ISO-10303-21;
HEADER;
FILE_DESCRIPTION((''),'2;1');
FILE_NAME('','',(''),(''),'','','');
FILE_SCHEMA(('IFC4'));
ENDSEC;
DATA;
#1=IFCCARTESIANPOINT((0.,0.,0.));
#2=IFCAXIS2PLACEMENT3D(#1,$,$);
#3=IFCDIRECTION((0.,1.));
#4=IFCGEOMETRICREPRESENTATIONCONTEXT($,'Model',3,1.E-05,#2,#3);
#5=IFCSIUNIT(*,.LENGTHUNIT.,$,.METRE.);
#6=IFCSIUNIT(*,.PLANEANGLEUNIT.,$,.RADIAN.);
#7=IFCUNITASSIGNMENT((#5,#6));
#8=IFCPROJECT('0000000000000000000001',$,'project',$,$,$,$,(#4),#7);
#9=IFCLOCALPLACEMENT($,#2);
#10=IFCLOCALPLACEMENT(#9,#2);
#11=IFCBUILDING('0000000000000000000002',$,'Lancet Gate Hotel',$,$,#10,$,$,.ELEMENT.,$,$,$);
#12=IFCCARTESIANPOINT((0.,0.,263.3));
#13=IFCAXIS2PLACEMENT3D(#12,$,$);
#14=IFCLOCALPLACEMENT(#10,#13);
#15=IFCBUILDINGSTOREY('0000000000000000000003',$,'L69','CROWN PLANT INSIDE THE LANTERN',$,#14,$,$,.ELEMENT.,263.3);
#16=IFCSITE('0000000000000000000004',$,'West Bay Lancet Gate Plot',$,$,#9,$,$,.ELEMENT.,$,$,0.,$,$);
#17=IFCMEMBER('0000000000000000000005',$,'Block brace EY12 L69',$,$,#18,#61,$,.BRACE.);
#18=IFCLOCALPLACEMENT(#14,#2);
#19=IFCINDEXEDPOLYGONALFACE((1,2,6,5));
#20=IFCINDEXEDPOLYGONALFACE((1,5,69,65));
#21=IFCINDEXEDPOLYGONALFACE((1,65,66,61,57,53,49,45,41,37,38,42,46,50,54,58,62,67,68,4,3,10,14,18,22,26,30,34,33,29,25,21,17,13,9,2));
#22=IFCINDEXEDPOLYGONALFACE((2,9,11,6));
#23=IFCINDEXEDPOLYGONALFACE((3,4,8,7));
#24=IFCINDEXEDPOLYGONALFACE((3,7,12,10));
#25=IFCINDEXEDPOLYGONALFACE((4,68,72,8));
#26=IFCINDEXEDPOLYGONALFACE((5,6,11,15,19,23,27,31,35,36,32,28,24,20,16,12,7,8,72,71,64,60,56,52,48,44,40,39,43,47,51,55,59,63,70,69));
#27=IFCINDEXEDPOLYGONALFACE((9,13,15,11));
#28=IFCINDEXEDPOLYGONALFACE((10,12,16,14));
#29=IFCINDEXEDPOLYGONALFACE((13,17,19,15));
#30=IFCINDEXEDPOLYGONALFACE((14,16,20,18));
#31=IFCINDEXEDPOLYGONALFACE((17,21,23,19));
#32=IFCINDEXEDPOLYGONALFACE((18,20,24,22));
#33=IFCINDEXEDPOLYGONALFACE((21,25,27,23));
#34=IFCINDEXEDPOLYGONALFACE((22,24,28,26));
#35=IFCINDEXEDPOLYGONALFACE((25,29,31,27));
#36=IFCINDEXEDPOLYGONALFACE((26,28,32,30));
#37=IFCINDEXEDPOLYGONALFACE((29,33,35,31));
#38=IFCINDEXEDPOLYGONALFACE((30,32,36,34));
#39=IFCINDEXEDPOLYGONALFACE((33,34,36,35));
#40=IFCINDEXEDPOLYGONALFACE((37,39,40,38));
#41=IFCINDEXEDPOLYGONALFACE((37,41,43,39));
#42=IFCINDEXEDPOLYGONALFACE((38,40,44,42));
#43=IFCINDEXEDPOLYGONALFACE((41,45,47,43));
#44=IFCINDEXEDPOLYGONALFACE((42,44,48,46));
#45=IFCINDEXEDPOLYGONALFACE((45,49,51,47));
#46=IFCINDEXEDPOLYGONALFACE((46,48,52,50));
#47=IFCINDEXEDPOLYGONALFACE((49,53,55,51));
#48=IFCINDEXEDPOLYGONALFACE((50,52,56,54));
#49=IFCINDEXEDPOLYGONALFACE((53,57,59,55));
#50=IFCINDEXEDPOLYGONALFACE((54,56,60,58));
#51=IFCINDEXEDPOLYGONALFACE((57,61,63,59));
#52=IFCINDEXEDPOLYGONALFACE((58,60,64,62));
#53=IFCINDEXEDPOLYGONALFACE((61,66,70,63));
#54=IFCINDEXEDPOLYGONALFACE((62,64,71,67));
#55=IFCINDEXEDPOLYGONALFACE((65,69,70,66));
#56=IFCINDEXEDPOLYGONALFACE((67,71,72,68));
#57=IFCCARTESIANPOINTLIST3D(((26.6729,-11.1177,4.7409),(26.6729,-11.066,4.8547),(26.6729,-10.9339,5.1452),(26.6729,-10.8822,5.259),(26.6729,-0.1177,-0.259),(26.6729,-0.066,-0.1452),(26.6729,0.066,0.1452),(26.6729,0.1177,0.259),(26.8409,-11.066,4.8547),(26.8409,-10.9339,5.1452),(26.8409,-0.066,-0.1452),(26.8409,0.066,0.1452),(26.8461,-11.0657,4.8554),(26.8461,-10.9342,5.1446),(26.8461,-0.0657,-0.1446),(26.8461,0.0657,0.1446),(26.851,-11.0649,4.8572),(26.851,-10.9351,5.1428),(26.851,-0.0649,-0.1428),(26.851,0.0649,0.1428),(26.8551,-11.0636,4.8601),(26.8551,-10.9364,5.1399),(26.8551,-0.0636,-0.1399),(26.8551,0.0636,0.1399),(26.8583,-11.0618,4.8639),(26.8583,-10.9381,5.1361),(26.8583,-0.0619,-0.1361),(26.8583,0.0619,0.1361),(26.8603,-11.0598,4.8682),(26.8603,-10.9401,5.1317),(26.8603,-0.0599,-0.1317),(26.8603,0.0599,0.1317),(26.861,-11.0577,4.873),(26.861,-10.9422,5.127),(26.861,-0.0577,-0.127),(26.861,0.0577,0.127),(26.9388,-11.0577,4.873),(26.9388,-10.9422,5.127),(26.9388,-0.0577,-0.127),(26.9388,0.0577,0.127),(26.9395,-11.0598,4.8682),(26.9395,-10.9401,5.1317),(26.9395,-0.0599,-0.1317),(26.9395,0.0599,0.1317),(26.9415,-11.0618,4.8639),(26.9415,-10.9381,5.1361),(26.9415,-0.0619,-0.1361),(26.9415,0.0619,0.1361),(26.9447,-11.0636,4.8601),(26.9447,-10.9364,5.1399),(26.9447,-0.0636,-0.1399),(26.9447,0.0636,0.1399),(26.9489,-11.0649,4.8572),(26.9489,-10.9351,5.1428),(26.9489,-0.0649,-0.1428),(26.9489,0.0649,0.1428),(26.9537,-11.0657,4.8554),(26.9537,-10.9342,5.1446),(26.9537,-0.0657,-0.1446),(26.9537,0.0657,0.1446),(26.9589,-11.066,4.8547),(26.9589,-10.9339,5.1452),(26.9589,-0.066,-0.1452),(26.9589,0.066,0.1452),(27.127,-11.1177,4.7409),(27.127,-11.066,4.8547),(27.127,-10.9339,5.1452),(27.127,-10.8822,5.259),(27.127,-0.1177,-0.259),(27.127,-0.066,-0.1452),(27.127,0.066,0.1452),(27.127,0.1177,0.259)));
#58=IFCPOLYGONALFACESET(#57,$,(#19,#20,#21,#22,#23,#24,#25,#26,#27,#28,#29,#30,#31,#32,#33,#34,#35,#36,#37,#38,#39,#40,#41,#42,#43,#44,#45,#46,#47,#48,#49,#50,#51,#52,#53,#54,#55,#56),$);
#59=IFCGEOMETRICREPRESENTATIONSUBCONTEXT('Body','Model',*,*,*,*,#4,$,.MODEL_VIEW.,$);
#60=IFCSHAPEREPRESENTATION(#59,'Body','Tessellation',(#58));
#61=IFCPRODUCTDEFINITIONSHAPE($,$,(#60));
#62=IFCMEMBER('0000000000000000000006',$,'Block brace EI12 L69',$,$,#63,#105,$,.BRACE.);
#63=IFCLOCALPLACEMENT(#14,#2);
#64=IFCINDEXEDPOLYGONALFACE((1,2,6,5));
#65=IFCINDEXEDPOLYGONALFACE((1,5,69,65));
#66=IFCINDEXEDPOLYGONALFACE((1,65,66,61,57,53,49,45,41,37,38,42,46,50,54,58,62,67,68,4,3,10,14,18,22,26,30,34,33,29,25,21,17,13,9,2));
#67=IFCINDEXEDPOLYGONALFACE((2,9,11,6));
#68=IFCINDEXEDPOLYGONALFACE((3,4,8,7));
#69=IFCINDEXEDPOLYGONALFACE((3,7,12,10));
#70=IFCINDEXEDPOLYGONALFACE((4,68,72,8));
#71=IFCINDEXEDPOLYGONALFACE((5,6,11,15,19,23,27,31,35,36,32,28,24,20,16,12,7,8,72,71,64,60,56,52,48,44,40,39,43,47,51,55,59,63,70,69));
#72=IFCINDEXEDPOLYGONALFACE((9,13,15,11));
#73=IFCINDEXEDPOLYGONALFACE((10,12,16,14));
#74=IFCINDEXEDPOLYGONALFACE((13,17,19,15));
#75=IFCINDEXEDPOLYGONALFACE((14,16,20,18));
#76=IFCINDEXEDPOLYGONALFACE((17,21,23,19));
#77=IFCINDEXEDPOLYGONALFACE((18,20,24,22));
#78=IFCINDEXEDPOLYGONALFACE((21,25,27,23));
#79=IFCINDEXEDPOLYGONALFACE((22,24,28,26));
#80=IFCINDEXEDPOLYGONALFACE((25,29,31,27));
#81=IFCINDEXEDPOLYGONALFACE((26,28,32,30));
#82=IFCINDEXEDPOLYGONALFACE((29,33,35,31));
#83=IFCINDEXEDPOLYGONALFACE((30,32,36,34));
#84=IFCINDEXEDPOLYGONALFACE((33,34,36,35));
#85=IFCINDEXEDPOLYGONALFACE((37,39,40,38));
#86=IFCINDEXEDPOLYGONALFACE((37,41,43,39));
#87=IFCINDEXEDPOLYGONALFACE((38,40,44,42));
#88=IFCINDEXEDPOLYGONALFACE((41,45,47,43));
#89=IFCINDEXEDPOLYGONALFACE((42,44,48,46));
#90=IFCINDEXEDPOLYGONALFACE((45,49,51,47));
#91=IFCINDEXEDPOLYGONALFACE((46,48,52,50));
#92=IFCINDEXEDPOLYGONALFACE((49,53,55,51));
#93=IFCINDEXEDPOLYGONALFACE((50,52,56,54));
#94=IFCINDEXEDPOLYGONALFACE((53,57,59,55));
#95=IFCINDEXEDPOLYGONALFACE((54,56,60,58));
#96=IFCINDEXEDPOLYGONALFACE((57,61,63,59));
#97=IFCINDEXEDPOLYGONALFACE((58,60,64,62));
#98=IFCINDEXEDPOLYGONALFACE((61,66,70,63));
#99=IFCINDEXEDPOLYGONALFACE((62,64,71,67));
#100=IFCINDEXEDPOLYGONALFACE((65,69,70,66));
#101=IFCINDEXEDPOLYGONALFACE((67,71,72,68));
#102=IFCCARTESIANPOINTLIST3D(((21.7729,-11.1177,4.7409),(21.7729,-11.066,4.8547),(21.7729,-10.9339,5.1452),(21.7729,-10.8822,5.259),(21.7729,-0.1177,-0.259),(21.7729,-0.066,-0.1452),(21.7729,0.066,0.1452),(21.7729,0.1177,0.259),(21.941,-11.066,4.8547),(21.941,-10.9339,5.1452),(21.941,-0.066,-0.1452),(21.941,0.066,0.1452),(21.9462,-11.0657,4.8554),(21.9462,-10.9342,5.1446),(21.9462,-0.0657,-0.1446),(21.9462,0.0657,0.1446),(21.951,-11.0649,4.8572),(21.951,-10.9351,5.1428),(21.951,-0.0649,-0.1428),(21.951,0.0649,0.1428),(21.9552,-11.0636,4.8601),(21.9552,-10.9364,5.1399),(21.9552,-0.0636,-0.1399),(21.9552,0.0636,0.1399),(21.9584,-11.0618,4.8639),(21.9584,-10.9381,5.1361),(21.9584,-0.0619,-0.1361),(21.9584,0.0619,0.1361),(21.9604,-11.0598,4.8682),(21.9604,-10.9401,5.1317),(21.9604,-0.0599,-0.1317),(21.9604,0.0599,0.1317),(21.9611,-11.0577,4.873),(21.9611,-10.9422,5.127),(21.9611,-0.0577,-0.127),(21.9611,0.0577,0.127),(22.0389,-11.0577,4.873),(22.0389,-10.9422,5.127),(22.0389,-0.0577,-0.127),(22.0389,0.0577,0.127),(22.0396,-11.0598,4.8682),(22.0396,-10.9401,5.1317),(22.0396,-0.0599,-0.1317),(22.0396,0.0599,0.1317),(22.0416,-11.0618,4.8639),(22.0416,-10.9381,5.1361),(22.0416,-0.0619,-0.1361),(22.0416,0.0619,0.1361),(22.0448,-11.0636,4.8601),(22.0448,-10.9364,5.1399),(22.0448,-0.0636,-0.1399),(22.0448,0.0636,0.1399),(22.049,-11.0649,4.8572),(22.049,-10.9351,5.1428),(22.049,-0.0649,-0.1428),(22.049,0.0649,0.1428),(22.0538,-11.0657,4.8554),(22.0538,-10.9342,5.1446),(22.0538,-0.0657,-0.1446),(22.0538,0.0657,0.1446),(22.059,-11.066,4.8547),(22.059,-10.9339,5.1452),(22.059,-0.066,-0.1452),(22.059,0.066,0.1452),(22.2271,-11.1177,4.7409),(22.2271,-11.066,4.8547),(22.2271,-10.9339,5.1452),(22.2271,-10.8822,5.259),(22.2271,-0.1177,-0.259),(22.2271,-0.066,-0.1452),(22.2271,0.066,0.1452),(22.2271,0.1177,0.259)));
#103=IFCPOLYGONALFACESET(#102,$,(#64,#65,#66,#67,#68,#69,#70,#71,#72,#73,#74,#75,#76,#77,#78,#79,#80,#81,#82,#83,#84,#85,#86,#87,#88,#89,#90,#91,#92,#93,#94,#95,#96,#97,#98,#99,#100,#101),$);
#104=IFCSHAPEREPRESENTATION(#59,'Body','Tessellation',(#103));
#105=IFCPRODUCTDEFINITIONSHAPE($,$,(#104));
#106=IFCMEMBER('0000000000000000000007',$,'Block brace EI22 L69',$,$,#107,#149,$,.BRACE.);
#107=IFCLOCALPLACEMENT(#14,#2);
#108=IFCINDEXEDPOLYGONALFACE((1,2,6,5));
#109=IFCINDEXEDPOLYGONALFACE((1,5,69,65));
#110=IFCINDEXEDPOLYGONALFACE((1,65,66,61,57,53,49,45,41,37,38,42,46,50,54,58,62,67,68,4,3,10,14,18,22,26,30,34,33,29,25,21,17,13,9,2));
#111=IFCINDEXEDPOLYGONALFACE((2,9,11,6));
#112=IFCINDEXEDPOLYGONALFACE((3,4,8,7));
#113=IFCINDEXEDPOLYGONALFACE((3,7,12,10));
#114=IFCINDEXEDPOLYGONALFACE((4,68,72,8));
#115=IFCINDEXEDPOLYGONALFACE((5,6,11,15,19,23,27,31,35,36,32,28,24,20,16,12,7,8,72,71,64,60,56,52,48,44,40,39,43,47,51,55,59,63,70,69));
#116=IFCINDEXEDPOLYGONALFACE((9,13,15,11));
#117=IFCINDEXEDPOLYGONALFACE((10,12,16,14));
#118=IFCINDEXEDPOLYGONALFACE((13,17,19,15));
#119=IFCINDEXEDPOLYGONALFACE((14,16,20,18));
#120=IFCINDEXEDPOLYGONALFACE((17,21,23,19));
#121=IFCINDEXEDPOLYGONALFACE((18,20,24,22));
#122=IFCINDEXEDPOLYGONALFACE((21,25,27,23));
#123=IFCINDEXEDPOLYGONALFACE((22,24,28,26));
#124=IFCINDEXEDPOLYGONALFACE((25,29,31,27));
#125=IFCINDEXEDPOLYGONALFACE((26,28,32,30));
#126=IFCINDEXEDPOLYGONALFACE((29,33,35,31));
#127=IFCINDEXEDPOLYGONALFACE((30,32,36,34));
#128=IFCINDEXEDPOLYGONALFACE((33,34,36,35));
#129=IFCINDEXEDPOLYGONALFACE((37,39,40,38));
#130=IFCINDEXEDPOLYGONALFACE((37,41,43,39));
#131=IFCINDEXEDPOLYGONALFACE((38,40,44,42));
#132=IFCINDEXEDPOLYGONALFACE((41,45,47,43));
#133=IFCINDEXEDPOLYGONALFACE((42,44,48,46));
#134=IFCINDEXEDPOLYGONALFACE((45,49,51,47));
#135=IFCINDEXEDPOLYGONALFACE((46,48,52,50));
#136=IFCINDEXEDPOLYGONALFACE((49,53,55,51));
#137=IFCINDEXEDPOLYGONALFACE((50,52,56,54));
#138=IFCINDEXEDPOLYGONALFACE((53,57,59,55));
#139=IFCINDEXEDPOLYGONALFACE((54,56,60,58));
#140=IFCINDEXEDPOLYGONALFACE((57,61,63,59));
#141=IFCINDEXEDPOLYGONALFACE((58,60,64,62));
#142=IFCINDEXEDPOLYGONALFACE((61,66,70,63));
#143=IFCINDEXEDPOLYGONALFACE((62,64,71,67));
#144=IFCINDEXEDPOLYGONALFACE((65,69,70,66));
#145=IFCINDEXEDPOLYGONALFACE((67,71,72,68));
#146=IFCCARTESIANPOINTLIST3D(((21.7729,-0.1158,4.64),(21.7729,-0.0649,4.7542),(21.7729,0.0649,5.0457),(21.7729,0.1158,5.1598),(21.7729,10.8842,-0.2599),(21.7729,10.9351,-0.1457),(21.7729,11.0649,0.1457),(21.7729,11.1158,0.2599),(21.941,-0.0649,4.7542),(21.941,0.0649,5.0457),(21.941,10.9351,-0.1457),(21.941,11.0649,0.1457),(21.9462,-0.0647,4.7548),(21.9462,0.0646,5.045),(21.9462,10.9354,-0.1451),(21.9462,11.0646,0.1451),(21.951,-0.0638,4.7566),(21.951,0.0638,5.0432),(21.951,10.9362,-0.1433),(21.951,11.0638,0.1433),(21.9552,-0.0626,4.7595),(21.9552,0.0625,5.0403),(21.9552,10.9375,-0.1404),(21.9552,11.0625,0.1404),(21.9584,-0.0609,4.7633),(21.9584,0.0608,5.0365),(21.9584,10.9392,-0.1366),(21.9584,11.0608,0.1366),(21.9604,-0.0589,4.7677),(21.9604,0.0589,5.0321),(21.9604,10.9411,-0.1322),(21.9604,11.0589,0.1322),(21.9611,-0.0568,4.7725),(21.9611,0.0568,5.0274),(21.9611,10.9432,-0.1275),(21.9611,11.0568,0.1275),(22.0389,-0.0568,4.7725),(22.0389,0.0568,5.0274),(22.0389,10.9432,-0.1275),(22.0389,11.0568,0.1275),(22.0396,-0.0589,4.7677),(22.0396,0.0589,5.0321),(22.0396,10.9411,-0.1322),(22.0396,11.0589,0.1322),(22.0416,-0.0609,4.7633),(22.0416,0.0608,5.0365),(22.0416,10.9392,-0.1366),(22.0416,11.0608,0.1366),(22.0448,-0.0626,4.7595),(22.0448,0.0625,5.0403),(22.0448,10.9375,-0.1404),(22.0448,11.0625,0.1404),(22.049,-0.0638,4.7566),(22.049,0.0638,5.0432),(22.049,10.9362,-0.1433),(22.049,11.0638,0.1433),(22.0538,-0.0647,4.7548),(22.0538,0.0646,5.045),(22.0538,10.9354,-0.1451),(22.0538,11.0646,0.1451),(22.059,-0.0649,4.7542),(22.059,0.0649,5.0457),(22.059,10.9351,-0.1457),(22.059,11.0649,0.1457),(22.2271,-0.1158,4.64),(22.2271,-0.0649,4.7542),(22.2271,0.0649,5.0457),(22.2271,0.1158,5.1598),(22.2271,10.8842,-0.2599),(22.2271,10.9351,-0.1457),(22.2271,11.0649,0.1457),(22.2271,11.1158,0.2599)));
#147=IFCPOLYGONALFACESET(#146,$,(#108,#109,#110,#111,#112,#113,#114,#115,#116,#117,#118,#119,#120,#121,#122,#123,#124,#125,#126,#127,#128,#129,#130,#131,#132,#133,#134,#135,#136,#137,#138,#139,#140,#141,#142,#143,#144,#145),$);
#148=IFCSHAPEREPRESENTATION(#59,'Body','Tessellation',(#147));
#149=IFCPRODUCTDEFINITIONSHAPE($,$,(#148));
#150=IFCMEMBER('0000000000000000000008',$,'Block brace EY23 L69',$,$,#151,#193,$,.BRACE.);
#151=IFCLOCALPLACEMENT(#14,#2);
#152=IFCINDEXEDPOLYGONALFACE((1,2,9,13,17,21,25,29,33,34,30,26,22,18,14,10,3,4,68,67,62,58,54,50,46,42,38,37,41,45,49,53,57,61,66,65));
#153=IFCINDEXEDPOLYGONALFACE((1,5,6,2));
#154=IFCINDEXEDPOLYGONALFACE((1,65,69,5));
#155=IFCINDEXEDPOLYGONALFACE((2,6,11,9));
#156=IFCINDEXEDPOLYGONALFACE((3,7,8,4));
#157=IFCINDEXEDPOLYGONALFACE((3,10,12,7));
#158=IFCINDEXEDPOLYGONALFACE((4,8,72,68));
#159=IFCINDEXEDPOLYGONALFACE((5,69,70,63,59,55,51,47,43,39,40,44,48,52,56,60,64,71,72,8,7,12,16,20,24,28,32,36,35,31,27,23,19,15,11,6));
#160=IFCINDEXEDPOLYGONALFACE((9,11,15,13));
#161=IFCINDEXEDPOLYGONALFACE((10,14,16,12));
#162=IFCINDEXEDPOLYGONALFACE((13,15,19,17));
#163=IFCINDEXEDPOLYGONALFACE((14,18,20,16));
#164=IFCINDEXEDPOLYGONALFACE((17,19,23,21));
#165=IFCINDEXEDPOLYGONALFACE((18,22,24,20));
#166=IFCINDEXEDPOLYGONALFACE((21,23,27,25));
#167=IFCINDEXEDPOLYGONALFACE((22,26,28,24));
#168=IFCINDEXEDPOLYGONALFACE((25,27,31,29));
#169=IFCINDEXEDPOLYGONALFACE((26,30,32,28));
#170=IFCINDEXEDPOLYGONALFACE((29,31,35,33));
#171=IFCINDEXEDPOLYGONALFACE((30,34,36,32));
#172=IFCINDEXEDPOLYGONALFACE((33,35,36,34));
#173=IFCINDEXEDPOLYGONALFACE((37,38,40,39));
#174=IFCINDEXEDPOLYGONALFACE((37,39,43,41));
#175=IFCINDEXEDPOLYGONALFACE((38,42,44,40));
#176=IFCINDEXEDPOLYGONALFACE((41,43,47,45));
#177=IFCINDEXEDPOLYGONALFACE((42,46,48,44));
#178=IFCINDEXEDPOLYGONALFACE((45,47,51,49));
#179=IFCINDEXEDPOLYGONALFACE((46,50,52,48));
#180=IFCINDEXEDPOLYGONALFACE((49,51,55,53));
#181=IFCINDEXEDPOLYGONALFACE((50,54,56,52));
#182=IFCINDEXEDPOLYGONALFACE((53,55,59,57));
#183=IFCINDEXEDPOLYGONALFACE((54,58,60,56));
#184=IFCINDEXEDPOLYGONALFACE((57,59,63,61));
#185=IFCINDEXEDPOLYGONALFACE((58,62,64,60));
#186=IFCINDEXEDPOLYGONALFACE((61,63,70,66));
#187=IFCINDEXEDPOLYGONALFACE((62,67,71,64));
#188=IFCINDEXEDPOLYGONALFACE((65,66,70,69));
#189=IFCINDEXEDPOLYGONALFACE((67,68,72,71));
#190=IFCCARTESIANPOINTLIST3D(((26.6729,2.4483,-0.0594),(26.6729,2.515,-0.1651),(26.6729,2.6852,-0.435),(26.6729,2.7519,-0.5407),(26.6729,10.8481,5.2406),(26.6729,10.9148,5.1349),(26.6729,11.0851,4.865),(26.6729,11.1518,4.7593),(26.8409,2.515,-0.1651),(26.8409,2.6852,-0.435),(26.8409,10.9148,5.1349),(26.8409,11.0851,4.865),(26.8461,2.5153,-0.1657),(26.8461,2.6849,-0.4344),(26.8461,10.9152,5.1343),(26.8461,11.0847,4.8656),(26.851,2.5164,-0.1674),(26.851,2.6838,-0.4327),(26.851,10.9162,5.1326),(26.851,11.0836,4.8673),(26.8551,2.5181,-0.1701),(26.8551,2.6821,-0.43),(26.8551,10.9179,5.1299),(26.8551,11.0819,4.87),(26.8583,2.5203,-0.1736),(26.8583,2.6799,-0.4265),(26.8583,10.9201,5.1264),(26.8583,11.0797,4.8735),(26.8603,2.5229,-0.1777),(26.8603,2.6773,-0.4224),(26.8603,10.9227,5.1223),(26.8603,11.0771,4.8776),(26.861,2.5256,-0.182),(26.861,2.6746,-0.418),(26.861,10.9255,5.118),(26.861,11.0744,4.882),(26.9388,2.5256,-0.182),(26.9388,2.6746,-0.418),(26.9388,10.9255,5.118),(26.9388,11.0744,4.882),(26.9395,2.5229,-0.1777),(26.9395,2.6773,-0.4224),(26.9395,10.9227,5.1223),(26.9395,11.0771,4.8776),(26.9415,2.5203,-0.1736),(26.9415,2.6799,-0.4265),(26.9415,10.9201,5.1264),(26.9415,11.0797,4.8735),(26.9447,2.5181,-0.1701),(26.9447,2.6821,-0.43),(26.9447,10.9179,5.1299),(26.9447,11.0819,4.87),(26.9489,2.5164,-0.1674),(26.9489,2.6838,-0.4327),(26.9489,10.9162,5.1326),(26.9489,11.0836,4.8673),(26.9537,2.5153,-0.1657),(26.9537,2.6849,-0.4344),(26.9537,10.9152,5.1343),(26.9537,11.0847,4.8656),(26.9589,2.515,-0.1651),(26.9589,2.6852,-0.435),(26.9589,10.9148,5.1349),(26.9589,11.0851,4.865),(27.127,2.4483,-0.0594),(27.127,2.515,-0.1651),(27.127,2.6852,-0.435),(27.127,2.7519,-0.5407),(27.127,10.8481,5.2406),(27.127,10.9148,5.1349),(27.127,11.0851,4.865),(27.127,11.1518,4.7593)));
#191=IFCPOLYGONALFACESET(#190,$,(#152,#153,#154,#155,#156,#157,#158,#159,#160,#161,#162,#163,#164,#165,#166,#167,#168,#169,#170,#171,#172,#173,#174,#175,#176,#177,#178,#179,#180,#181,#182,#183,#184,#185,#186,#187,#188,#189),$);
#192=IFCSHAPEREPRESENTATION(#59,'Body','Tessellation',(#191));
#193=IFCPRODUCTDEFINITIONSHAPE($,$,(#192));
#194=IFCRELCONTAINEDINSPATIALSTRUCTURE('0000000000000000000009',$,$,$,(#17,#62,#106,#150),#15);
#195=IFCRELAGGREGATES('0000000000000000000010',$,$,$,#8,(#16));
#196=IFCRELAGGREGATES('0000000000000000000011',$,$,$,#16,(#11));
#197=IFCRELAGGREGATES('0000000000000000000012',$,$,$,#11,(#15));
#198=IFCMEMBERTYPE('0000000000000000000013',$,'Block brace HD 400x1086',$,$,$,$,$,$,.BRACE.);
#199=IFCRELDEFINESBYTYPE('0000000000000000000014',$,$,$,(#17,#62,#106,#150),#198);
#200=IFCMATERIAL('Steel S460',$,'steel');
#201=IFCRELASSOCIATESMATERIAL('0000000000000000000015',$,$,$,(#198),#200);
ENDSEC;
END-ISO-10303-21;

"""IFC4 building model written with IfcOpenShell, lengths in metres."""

from ifc_helpers import new_model, si_unit, direction, frame, origin, origin_2d, place, context, subcontext, project, spatial, i_section, extrude, material, material_profile, profile_set, type_object, element, save


model = new_model("IFC4")

# Units and contexts
model_context = context("Model", 3, precision=1e-05, world=origin(), true_north=direction((0.0, 1.0)))
body_context = subcontext(model_context, "Body", "Model", "MODEL_VIEW")
ifc_project = project(units=[si_unit("LENGTHUNIT", "METRE"), si_unit("PLANEANGLEUNIT", "RADIAN")], contexts=[model_context])

# Site, building, storey
site_placement = place(None, origin())
site = spatial("IfcSite", under=ifc_project, at=site_placement, Name="West Bay Lancet Gate Plot", CompositionType="ELEMENT", RefElevation=0.0)
building_placement = place(site_placement, origin())
building = spatial("IfcBuilding", under=site, at=building_placement, Name="Lancet Gate Hotel", CompositionType="ELEMENT")
storey_placement = place(building_placement, frame((0.0, 0.0, 263.3)))
storey = spatial("IfcBuildingStorey", under=building, at=storey_placement, Name="L69", Description="CROWN PLANT INSIDE THE LANTERN", CompositionType="ELEMENT", Elevation=263.3)

# Members
ifc_material_1 = material(Name="Steel S460", Category="steel")
ifc_material_profile_1 = material_profile(ifc_material_1, i_section(OverallWidth=0.4541, OverallDepth=0.5691, WebThickness=0.0779, FlangeThickness=0.125, FilletRadius=0.02, at=origin_2d()), Name="HD 400x1086")
ifc_profile_set_1 = profile_set([ifc_material_profile_1], Name="Steel S460")
member_type_1 = type_object("IfcMemberType", Name="Block brace HD 400x1086", PredefinedType="BRACE", material=ifc_profile_set_1)
for number, where, z_axis, x_axis, name in (
    (1, (26.8999, 0.0, 0.0), (0.0, -0.910366, 0.413803), (1.0, 0.0, 0.0), "Block brace EY12 L69"),
    (2, (22.0, 0.0, 0.0), (0.0, -0.910366, 0.413803), (1.0, 0.0, 0.0), "Block brace EI12 L69"),
):
    element("IfcMember", number, at=place(storey_placement, frame(where, z_axis=z_axis, x_axis=x_axis)), inside=storey, type_object=member_type_1, Name=name, PredefinedType="BRACE", context=body_context, shape_type="SweptSolid", body=[
        extrude(i_section(OverallWidth=0.4541, OverallDepth=0.5691, WebThickness=0.0779, FlangeThickness=0.125, FilletRadius=0.02, at=origin_2d()), origin(), (0.0, 0.0, 1.0), 12.083),
    ])
member_1_placement = place(storey_placement, frame((22.0, 11.0, 0.0), z_axis=(0.0, -0.913472, 0.406902), x_axis=(1.0, 0.0, 0.0)))
element("IfcMember", 3, at=member_1_placement, inside=storey, type_object=member_type_1, Name="Block brace EI22 L69", PredefinedType="BRACE", context=body_context, shape_type="SweptSolid", body=[
    extrude(i_section(OverallWidth=0.4541, OverallDepth=0.5691, WebThickness=0.0779, FlangeThickness=0.125, FilletRadius=0.02, at=origin_2d()), origin(), (0.0, 0.0, 1.0), 12.042),
])
member_2_placement = place(storey_placement, frame((26.8999, 2.6001, -0.3), z_axis=(0.0, 0.845723, 0.533622), x_axis=(-1.0, 0.0, 0.0)))
element("IfcMember", 4, at=member_2_placement, inside=storey, type_object=member_type_1, Name="Block brace EY23 L69", PredefinedType="BRACE", context=body_context, shape_type="SweptSolid", body=[
    extrude(i_section(OverallWidth=0.4541, OverallDepth=0.5691, WebThickness=0.0779, FlangeThickness=0.125, FilletRadius=0.02, at=origin_2d()), origin(), (0.0, 0.0, 1.0), 9.9321),
])

save(model, "model.ifc")
